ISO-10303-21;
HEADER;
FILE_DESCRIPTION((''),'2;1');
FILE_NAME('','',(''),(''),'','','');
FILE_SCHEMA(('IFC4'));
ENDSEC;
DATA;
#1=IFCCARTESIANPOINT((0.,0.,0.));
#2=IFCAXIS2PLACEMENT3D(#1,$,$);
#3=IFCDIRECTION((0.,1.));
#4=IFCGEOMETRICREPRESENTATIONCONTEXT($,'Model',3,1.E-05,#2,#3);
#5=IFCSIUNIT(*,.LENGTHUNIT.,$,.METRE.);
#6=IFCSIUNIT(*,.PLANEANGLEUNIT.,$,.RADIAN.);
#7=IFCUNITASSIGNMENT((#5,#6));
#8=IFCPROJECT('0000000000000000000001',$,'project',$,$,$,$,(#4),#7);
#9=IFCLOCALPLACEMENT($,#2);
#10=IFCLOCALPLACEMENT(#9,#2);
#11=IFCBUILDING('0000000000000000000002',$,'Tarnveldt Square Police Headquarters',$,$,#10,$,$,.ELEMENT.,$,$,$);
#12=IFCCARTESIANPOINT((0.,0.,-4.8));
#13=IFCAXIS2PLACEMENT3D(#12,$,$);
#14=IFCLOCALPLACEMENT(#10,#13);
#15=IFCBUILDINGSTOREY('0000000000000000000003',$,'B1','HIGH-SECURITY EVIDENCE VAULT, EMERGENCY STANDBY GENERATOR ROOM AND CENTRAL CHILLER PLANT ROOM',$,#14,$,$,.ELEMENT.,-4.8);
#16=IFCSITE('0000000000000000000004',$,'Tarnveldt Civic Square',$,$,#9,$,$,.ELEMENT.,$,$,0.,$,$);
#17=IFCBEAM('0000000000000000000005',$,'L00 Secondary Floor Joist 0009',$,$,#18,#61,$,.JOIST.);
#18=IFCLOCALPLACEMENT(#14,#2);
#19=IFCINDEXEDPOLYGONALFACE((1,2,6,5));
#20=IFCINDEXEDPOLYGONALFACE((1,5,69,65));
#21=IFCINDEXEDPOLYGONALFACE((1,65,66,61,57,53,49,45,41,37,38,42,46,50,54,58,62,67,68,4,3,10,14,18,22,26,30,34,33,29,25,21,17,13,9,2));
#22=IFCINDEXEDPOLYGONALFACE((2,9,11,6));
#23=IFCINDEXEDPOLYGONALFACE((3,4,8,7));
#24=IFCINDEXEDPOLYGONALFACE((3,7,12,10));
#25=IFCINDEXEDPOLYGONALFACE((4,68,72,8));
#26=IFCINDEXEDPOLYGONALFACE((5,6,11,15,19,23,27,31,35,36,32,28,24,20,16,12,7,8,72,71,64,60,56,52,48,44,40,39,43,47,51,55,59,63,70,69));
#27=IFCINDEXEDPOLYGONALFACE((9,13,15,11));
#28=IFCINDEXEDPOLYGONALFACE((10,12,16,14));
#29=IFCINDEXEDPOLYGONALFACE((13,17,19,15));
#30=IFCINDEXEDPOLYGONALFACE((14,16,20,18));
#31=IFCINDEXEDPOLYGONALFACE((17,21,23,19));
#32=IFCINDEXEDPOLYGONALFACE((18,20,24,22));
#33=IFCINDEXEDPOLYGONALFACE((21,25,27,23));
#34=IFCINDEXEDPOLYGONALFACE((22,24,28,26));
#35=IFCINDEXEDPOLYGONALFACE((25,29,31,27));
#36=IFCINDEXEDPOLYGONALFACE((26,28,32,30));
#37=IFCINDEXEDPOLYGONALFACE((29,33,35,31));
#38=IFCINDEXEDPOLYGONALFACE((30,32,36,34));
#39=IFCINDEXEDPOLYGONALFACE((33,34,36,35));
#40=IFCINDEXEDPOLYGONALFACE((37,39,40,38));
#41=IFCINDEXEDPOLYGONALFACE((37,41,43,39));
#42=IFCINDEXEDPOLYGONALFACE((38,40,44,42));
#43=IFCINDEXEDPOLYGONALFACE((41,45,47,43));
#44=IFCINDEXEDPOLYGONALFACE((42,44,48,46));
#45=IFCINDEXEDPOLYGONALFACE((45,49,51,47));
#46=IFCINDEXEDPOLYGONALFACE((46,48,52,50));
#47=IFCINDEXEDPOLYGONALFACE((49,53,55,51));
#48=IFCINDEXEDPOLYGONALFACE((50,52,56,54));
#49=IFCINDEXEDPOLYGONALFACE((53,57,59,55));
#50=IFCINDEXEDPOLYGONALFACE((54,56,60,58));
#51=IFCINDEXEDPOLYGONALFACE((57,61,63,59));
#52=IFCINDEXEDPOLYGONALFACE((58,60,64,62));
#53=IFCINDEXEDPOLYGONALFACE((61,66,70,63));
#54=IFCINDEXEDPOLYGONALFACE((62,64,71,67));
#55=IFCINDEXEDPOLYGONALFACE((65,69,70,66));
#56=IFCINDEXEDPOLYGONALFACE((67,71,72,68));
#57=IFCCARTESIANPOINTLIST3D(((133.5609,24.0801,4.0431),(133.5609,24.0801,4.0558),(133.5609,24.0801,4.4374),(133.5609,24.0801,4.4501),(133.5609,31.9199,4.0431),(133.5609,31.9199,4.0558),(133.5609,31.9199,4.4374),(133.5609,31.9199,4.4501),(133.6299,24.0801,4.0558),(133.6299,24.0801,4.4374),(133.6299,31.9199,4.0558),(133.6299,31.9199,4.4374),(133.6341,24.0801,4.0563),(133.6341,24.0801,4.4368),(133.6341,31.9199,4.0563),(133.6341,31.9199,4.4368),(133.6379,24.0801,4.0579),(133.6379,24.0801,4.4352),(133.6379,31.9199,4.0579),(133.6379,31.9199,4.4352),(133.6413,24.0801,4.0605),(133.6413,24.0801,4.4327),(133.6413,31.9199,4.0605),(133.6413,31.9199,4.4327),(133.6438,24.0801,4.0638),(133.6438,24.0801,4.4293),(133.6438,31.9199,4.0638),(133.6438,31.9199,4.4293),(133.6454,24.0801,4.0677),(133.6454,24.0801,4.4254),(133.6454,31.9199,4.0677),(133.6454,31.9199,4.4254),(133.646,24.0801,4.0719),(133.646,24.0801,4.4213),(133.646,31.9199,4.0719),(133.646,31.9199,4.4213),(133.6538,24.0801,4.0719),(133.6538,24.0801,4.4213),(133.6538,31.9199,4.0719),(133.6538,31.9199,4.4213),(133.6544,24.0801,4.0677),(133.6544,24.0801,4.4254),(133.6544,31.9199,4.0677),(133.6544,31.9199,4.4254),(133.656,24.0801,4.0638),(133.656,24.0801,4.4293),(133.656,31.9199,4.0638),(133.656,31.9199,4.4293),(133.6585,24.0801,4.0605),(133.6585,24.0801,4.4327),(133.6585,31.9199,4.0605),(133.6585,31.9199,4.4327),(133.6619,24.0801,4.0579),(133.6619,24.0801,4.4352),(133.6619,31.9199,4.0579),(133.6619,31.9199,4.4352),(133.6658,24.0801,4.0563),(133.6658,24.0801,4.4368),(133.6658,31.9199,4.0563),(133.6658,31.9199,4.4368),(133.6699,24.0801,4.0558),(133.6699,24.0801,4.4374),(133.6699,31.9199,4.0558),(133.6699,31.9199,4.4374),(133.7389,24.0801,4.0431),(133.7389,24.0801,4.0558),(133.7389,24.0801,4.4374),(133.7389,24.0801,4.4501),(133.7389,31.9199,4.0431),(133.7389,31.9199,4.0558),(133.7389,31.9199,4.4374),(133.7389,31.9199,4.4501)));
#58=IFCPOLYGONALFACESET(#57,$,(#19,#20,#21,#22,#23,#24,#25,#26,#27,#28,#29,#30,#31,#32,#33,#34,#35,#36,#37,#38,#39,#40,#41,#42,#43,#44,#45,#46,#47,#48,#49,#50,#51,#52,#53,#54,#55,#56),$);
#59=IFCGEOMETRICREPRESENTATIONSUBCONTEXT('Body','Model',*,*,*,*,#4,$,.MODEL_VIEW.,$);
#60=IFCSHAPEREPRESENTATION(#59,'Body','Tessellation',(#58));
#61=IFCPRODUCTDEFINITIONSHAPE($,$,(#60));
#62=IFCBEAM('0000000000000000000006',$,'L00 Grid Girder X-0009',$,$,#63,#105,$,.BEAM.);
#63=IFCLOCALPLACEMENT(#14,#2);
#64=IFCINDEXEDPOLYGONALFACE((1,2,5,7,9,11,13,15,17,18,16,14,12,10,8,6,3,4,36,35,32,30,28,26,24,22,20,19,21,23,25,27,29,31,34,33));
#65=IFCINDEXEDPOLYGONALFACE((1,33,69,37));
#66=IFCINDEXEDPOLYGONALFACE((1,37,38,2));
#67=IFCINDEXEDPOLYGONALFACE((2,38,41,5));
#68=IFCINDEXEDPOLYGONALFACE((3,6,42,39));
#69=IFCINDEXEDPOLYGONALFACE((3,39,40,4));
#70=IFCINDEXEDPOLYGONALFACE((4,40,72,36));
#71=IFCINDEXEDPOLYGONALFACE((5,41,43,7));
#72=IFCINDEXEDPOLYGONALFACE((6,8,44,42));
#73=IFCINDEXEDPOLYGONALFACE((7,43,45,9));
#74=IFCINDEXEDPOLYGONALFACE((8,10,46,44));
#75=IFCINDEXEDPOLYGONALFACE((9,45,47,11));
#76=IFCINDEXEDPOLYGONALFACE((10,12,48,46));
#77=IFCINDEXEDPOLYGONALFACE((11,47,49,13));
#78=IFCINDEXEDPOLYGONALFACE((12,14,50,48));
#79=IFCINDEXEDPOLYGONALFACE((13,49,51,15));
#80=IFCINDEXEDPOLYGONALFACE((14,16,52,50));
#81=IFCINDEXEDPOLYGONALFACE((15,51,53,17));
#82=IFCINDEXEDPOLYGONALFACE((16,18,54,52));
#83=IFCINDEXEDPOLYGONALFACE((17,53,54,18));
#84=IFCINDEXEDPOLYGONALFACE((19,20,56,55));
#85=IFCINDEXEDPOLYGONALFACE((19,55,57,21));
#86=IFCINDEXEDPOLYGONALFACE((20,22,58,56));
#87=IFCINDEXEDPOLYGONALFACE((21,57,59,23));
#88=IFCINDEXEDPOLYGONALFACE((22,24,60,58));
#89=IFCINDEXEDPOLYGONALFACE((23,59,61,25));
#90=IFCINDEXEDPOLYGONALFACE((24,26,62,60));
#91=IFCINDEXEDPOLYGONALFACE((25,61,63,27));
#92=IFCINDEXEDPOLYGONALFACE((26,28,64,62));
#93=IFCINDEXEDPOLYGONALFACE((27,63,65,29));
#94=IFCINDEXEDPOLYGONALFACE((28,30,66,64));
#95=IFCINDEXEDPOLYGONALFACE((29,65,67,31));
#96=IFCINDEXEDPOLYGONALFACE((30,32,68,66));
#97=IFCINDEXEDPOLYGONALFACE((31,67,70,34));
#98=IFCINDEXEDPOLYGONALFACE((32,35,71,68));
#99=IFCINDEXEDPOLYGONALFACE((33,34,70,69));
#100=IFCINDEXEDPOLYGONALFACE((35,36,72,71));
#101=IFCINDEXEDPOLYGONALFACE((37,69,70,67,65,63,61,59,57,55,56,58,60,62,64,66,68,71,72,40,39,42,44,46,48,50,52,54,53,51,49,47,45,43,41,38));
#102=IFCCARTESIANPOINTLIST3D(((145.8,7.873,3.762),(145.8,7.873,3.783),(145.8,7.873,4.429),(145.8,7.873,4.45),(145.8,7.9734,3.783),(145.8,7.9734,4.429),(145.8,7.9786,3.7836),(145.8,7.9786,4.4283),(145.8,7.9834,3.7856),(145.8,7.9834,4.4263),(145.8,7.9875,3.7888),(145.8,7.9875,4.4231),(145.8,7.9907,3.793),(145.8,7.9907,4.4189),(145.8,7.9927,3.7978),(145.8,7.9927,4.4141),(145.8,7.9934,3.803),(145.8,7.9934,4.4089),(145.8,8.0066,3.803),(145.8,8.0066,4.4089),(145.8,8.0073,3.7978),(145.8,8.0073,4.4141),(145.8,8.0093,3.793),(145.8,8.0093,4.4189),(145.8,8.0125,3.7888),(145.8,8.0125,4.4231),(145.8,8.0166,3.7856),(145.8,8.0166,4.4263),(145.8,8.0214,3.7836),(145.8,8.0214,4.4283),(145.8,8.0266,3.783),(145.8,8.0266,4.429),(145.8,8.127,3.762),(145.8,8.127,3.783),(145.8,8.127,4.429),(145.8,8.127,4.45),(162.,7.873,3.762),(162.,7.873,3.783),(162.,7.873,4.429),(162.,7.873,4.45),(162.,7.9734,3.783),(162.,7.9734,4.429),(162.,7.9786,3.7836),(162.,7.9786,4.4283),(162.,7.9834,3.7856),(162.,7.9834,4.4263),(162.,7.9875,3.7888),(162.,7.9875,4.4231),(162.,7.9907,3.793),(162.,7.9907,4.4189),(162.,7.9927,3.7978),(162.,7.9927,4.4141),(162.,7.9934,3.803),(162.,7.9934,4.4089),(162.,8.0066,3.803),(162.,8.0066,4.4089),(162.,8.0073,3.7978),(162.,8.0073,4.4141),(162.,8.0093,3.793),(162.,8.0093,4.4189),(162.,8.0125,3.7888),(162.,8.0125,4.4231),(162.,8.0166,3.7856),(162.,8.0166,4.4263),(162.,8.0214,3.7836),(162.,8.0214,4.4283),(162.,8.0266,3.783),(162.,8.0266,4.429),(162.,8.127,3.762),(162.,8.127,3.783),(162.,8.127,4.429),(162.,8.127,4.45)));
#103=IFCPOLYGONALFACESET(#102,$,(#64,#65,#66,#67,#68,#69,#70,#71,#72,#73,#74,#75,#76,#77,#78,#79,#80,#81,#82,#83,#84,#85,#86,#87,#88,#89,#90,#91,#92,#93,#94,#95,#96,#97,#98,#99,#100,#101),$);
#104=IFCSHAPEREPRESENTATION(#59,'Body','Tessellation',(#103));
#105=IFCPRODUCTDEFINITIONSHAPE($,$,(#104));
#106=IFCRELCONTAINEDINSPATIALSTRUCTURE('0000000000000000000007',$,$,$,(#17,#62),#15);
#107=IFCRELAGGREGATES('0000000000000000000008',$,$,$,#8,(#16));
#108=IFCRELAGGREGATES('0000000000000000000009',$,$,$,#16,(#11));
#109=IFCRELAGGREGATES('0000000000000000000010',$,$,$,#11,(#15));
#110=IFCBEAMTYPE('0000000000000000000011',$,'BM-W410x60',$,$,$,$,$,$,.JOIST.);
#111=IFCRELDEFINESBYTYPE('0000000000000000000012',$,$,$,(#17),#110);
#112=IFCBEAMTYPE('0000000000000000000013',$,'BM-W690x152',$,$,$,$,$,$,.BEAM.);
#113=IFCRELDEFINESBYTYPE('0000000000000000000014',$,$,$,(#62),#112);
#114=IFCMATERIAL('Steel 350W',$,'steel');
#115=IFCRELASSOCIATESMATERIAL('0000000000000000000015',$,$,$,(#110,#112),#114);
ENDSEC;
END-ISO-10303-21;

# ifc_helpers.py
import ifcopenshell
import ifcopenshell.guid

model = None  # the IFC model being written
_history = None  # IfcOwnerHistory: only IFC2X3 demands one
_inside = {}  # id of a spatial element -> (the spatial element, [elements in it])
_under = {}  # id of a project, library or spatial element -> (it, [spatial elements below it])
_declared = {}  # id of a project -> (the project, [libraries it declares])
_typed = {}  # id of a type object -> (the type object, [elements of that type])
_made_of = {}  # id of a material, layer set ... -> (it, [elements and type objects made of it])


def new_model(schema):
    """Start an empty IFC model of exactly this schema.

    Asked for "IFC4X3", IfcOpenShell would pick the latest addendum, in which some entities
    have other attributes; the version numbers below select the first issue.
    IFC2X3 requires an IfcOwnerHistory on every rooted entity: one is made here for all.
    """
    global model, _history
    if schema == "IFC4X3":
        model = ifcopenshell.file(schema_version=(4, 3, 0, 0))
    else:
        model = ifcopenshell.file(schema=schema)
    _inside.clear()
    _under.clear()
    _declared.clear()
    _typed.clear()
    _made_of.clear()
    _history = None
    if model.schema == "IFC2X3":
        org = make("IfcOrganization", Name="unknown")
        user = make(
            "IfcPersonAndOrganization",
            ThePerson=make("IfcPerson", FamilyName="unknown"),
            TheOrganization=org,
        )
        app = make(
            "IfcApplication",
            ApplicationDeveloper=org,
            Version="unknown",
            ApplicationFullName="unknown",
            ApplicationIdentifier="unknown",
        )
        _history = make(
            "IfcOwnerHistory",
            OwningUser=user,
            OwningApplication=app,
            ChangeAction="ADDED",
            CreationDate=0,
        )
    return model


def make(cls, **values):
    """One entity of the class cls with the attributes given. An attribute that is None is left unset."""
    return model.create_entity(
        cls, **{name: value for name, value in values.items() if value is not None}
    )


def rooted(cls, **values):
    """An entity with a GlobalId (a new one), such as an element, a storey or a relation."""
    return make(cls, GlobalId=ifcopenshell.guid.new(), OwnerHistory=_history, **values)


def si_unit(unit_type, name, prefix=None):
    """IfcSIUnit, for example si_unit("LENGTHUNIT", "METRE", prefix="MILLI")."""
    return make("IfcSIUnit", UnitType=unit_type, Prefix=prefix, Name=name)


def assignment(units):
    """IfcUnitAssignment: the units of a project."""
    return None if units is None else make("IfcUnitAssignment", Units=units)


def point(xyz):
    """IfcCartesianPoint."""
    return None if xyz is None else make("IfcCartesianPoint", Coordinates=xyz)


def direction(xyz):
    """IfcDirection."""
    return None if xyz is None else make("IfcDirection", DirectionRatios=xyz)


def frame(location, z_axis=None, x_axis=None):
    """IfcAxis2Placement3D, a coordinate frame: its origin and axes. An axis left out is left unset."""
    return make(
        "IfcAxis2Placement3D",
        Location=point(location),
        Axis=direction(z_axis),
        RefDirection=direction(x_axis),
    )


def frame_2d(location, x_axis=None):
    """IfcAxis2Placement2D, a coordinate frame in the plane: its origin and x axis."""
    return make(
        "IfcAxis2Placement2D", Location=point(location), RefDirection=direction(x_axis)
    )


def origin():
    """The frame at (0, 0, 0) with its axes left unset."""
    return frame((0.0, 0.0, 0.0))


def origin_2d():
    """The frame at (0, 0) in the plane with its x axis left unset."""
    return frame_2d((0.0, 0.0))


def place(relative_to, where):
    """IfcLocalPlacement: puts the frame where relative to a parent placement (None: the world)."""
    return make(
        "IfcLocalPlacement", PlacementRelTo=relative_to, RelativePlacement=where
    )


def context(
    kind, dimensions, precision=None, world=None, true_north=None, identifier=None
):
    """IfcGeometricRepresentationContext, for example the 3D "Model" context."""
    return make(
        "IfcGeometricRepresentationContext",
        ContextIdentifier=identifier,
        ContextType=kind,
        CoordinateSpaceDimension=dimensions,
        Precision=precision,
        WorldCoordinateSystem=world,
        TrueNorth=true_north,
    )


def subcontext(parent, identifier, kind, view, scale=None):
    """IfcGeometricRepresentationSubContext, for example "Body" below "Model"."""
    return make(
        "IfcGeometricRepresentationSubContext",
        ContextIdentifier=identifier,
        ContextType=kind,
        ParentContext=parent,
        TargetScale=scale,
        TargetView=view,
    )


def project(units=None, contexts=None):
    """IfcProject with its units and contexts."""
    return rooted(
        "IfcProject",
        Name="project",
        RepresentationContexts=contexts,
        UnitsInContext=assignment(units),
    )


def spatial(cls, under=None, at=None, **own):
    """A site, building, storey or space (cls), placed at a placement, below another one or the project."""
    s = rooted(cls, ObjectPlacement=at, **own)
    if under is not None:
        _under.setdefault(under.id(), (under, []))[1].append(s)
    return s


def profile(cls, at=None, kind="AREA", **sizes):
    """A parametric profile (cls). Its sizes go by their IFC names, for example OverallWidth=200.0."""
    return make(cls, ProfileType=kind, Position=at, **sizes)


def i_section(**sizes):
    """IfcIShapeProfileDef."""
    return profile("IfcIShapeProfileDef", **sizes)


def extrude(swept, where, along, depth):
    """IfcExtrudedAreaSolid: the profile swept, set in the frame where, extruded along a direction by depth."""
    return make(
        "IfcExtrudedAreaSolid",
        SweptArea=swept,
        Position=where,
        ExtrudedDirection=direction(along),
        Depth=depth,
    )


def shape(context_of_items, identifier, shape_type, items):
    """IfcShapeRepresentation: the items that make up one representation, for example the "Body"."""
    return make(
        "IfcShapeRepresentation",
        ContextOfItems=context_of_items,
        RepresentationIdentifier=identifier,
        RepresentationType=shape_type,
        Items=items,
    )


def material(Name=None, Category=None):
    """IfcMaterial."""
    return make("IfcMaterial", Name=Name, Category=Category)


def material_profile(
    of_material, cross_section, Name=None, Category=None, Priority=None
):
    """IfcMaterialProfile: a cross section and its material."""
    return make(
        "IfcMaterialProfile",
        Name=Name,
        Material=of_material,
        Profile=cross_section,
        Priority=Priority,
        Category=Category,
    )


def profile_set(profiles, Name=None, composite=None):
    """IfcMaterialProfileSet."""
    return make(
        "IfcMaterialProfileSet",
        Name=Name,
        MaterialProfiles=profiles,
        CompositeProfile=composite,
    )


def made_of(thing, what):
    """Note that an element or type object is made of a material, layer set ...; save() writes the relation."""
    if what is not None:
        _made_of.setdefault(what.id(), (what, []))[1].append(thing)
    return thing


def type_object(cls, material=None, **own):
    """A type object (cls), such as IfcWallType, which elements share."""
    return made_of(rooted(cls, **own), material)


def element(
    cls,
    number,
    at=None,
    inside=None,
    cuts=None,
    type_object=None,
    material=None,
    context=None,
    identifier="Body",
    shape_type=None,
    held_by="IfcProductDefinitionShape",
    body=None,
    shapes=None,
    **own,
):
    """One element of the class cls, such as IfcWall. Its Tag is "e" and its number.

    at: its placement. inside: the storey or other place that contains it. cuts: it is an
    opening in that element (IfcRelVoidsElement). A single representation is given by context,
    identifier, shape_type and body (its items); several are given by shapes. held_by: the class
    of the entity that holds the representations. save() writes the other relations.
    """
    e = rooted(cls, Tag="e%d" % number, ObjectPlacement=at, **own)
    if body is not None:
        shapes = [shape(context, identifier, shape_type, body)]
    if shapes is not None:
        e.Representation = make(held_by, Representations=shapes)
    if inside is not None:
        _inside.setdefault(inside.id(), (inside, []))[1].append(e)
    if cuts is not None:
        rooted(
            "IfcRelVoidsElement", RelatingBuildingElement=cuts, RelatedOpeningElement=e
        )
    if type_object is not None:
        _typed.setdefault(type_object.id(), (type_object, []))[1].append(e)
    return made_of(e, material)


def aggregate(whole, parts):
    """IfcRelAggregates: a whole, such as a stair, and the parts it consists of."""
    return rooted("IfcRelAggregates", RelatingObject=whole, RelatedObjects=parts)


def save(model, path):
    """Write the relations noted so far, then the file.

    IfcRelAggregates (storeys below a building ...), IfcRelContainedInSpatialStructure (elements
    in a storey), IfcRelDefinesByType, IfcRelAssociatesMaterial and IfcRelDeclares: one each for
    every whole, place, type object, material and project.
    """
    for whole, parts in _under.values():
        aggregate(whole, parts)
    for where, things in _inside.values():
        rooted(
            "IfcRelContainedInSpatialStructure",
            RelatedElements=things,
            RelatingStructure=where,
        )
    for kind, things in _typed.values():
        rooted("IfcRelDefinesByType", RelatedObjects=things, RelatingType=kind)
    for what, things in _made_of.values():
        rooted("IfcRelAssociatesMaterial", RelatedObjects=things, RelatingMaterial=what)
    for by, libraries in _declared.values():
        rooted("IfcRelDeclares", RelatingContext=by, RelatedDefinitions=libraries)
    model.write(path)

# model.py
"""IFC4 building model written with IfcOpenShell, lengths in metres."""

from ifc_helpers import new_model, si_unit, direction, frame, origin, origin_2d, place, context, subcontext, project, spatial, i_section, extrude, material, material_profile, profile_set, type_object, element, save


model = new_model("IFC4")

# Units and contexts
model_context = context("Model", 3, precision=1e-05, world=origin(), true_north=direction((0.0, 1.0)))
body_context = subcontext(model_context, "Body", "Model", "MODEL_VIEW")
ifc_project = project(units=[si_unit("LENGTHUNIT", "METRE"), si_unit("PLANEANGLEUNIT", "RADIAN")], contexts=[model_context])

# Site, building, storey
site_placement = place(None, origin())
site = spatial("IfcSite", under=ifc_project, at=site_placement, Name="Tarnveldt Civic Square", CompositionType="ELEMENT", RefElevation=0.0)
building_placement = place(site_placement, origin())
building = spatial("IfcBuilding", under=site, at=building_placement, Name="Tarnveldt Square Police Headquarters", CompositionType="ELEMENT")
storey_placement = place(building_placement, frame((0.0, 0.0, -4.8)))
storey = spatial("IfcBuildingStorey", under=building, at=storey_placement, Name="B1", Description="HIGH-SECURITY EVIDENCE VAULT, EMERGENCY STANDBY GENERATOR ROOM AND CENTRAL CHILLER PLANT ROOM", CompositionType="ELEMENT", Elevation=-4.8)

# Beams
ifc_material_1 = material(Name="Steel 350W", Category="steel")
ifc_material_profile_1 = material_profile(ifc_material_1, i_section(OverallWidth=0.178, OverallDepth=0.407, WebThickness=0.0078, FlangeThickness=0.0127, FilletRadius=0.0161, at=origin_2d()), Name="W410x60")
ifc_profile_set_1 = profile_set([ifc_material_profile_1], Name="Steel 350W")
beam_type_1 = type_object("IfcBeamType", Name="BM-W410x60", PredefinedType="JOIST", material=ifc_profile_set_1)
beam_1_placement = place(storey_placement, frame((133.6499, 24.0801, 4.2466), z_axis=(0.0, 1.0, 0.0), x_axis=(-1.0, 0.0, 0.0)))
element("IfcBeam", 1, at=beam_1_placement, inside=storey, type_object=beam_type_1, Name="L00 Secondary Floor Joist 0009", PredefinedType="JOIST", context=body_context, shape_type="SweptSolid", body=[
    extrude(i_section(OverallWidth=0.178, OverallDepth=0.407, WebThickness=0.0078, FlangeThickness=0.0127, FilletRadius=0.0161, at=origin_2d()), origin(), (0.0, 0.0, 1.0), 7.8398),
])
ifc_material_profile_2 = material_profile(ifc_material_1, i_section(OverallWidth=0.2539, OverallDepth=0.688, WebThickness=0.0132, FlangeThickness=0.021, FilletRadius=0.02, at=origin_2d()), Name="W690x152")
ifc_profile_set_2 = profile_set([ifc_material_profile_2], Name="Steel 350W")
beam_type_2 = type_object("IfcBeamType", Name="BM-W690x152", PredefinedType="BEAM", material=ifc_profile_set_2)
beam_2_placement = place(storey_placement, frame((145.8, 8.0, 4.106), z_axis=(1.0, 0.0, 0.0), x_axis=(0.0, 1.0, 0.0)))
element("IfcBeam", 2, at=beam_2_placement, inside=storey, type_object=beam_type_2, Name="L00 Grid Girder X-0009", PredefinedType="BEAM", context=body_context, shape_type="SweptSolid", body=[
    extrude(i_section(OverallWidth=0.2539, OverallDepth=0.688, WebThickness=0.0132, FlangeThickness=0.021, FilletRadius=0.02, at=origin_2d()), origin(), (0.0, 0.0, 1.0), 16.2),
])

save(model, "model.ifc")
